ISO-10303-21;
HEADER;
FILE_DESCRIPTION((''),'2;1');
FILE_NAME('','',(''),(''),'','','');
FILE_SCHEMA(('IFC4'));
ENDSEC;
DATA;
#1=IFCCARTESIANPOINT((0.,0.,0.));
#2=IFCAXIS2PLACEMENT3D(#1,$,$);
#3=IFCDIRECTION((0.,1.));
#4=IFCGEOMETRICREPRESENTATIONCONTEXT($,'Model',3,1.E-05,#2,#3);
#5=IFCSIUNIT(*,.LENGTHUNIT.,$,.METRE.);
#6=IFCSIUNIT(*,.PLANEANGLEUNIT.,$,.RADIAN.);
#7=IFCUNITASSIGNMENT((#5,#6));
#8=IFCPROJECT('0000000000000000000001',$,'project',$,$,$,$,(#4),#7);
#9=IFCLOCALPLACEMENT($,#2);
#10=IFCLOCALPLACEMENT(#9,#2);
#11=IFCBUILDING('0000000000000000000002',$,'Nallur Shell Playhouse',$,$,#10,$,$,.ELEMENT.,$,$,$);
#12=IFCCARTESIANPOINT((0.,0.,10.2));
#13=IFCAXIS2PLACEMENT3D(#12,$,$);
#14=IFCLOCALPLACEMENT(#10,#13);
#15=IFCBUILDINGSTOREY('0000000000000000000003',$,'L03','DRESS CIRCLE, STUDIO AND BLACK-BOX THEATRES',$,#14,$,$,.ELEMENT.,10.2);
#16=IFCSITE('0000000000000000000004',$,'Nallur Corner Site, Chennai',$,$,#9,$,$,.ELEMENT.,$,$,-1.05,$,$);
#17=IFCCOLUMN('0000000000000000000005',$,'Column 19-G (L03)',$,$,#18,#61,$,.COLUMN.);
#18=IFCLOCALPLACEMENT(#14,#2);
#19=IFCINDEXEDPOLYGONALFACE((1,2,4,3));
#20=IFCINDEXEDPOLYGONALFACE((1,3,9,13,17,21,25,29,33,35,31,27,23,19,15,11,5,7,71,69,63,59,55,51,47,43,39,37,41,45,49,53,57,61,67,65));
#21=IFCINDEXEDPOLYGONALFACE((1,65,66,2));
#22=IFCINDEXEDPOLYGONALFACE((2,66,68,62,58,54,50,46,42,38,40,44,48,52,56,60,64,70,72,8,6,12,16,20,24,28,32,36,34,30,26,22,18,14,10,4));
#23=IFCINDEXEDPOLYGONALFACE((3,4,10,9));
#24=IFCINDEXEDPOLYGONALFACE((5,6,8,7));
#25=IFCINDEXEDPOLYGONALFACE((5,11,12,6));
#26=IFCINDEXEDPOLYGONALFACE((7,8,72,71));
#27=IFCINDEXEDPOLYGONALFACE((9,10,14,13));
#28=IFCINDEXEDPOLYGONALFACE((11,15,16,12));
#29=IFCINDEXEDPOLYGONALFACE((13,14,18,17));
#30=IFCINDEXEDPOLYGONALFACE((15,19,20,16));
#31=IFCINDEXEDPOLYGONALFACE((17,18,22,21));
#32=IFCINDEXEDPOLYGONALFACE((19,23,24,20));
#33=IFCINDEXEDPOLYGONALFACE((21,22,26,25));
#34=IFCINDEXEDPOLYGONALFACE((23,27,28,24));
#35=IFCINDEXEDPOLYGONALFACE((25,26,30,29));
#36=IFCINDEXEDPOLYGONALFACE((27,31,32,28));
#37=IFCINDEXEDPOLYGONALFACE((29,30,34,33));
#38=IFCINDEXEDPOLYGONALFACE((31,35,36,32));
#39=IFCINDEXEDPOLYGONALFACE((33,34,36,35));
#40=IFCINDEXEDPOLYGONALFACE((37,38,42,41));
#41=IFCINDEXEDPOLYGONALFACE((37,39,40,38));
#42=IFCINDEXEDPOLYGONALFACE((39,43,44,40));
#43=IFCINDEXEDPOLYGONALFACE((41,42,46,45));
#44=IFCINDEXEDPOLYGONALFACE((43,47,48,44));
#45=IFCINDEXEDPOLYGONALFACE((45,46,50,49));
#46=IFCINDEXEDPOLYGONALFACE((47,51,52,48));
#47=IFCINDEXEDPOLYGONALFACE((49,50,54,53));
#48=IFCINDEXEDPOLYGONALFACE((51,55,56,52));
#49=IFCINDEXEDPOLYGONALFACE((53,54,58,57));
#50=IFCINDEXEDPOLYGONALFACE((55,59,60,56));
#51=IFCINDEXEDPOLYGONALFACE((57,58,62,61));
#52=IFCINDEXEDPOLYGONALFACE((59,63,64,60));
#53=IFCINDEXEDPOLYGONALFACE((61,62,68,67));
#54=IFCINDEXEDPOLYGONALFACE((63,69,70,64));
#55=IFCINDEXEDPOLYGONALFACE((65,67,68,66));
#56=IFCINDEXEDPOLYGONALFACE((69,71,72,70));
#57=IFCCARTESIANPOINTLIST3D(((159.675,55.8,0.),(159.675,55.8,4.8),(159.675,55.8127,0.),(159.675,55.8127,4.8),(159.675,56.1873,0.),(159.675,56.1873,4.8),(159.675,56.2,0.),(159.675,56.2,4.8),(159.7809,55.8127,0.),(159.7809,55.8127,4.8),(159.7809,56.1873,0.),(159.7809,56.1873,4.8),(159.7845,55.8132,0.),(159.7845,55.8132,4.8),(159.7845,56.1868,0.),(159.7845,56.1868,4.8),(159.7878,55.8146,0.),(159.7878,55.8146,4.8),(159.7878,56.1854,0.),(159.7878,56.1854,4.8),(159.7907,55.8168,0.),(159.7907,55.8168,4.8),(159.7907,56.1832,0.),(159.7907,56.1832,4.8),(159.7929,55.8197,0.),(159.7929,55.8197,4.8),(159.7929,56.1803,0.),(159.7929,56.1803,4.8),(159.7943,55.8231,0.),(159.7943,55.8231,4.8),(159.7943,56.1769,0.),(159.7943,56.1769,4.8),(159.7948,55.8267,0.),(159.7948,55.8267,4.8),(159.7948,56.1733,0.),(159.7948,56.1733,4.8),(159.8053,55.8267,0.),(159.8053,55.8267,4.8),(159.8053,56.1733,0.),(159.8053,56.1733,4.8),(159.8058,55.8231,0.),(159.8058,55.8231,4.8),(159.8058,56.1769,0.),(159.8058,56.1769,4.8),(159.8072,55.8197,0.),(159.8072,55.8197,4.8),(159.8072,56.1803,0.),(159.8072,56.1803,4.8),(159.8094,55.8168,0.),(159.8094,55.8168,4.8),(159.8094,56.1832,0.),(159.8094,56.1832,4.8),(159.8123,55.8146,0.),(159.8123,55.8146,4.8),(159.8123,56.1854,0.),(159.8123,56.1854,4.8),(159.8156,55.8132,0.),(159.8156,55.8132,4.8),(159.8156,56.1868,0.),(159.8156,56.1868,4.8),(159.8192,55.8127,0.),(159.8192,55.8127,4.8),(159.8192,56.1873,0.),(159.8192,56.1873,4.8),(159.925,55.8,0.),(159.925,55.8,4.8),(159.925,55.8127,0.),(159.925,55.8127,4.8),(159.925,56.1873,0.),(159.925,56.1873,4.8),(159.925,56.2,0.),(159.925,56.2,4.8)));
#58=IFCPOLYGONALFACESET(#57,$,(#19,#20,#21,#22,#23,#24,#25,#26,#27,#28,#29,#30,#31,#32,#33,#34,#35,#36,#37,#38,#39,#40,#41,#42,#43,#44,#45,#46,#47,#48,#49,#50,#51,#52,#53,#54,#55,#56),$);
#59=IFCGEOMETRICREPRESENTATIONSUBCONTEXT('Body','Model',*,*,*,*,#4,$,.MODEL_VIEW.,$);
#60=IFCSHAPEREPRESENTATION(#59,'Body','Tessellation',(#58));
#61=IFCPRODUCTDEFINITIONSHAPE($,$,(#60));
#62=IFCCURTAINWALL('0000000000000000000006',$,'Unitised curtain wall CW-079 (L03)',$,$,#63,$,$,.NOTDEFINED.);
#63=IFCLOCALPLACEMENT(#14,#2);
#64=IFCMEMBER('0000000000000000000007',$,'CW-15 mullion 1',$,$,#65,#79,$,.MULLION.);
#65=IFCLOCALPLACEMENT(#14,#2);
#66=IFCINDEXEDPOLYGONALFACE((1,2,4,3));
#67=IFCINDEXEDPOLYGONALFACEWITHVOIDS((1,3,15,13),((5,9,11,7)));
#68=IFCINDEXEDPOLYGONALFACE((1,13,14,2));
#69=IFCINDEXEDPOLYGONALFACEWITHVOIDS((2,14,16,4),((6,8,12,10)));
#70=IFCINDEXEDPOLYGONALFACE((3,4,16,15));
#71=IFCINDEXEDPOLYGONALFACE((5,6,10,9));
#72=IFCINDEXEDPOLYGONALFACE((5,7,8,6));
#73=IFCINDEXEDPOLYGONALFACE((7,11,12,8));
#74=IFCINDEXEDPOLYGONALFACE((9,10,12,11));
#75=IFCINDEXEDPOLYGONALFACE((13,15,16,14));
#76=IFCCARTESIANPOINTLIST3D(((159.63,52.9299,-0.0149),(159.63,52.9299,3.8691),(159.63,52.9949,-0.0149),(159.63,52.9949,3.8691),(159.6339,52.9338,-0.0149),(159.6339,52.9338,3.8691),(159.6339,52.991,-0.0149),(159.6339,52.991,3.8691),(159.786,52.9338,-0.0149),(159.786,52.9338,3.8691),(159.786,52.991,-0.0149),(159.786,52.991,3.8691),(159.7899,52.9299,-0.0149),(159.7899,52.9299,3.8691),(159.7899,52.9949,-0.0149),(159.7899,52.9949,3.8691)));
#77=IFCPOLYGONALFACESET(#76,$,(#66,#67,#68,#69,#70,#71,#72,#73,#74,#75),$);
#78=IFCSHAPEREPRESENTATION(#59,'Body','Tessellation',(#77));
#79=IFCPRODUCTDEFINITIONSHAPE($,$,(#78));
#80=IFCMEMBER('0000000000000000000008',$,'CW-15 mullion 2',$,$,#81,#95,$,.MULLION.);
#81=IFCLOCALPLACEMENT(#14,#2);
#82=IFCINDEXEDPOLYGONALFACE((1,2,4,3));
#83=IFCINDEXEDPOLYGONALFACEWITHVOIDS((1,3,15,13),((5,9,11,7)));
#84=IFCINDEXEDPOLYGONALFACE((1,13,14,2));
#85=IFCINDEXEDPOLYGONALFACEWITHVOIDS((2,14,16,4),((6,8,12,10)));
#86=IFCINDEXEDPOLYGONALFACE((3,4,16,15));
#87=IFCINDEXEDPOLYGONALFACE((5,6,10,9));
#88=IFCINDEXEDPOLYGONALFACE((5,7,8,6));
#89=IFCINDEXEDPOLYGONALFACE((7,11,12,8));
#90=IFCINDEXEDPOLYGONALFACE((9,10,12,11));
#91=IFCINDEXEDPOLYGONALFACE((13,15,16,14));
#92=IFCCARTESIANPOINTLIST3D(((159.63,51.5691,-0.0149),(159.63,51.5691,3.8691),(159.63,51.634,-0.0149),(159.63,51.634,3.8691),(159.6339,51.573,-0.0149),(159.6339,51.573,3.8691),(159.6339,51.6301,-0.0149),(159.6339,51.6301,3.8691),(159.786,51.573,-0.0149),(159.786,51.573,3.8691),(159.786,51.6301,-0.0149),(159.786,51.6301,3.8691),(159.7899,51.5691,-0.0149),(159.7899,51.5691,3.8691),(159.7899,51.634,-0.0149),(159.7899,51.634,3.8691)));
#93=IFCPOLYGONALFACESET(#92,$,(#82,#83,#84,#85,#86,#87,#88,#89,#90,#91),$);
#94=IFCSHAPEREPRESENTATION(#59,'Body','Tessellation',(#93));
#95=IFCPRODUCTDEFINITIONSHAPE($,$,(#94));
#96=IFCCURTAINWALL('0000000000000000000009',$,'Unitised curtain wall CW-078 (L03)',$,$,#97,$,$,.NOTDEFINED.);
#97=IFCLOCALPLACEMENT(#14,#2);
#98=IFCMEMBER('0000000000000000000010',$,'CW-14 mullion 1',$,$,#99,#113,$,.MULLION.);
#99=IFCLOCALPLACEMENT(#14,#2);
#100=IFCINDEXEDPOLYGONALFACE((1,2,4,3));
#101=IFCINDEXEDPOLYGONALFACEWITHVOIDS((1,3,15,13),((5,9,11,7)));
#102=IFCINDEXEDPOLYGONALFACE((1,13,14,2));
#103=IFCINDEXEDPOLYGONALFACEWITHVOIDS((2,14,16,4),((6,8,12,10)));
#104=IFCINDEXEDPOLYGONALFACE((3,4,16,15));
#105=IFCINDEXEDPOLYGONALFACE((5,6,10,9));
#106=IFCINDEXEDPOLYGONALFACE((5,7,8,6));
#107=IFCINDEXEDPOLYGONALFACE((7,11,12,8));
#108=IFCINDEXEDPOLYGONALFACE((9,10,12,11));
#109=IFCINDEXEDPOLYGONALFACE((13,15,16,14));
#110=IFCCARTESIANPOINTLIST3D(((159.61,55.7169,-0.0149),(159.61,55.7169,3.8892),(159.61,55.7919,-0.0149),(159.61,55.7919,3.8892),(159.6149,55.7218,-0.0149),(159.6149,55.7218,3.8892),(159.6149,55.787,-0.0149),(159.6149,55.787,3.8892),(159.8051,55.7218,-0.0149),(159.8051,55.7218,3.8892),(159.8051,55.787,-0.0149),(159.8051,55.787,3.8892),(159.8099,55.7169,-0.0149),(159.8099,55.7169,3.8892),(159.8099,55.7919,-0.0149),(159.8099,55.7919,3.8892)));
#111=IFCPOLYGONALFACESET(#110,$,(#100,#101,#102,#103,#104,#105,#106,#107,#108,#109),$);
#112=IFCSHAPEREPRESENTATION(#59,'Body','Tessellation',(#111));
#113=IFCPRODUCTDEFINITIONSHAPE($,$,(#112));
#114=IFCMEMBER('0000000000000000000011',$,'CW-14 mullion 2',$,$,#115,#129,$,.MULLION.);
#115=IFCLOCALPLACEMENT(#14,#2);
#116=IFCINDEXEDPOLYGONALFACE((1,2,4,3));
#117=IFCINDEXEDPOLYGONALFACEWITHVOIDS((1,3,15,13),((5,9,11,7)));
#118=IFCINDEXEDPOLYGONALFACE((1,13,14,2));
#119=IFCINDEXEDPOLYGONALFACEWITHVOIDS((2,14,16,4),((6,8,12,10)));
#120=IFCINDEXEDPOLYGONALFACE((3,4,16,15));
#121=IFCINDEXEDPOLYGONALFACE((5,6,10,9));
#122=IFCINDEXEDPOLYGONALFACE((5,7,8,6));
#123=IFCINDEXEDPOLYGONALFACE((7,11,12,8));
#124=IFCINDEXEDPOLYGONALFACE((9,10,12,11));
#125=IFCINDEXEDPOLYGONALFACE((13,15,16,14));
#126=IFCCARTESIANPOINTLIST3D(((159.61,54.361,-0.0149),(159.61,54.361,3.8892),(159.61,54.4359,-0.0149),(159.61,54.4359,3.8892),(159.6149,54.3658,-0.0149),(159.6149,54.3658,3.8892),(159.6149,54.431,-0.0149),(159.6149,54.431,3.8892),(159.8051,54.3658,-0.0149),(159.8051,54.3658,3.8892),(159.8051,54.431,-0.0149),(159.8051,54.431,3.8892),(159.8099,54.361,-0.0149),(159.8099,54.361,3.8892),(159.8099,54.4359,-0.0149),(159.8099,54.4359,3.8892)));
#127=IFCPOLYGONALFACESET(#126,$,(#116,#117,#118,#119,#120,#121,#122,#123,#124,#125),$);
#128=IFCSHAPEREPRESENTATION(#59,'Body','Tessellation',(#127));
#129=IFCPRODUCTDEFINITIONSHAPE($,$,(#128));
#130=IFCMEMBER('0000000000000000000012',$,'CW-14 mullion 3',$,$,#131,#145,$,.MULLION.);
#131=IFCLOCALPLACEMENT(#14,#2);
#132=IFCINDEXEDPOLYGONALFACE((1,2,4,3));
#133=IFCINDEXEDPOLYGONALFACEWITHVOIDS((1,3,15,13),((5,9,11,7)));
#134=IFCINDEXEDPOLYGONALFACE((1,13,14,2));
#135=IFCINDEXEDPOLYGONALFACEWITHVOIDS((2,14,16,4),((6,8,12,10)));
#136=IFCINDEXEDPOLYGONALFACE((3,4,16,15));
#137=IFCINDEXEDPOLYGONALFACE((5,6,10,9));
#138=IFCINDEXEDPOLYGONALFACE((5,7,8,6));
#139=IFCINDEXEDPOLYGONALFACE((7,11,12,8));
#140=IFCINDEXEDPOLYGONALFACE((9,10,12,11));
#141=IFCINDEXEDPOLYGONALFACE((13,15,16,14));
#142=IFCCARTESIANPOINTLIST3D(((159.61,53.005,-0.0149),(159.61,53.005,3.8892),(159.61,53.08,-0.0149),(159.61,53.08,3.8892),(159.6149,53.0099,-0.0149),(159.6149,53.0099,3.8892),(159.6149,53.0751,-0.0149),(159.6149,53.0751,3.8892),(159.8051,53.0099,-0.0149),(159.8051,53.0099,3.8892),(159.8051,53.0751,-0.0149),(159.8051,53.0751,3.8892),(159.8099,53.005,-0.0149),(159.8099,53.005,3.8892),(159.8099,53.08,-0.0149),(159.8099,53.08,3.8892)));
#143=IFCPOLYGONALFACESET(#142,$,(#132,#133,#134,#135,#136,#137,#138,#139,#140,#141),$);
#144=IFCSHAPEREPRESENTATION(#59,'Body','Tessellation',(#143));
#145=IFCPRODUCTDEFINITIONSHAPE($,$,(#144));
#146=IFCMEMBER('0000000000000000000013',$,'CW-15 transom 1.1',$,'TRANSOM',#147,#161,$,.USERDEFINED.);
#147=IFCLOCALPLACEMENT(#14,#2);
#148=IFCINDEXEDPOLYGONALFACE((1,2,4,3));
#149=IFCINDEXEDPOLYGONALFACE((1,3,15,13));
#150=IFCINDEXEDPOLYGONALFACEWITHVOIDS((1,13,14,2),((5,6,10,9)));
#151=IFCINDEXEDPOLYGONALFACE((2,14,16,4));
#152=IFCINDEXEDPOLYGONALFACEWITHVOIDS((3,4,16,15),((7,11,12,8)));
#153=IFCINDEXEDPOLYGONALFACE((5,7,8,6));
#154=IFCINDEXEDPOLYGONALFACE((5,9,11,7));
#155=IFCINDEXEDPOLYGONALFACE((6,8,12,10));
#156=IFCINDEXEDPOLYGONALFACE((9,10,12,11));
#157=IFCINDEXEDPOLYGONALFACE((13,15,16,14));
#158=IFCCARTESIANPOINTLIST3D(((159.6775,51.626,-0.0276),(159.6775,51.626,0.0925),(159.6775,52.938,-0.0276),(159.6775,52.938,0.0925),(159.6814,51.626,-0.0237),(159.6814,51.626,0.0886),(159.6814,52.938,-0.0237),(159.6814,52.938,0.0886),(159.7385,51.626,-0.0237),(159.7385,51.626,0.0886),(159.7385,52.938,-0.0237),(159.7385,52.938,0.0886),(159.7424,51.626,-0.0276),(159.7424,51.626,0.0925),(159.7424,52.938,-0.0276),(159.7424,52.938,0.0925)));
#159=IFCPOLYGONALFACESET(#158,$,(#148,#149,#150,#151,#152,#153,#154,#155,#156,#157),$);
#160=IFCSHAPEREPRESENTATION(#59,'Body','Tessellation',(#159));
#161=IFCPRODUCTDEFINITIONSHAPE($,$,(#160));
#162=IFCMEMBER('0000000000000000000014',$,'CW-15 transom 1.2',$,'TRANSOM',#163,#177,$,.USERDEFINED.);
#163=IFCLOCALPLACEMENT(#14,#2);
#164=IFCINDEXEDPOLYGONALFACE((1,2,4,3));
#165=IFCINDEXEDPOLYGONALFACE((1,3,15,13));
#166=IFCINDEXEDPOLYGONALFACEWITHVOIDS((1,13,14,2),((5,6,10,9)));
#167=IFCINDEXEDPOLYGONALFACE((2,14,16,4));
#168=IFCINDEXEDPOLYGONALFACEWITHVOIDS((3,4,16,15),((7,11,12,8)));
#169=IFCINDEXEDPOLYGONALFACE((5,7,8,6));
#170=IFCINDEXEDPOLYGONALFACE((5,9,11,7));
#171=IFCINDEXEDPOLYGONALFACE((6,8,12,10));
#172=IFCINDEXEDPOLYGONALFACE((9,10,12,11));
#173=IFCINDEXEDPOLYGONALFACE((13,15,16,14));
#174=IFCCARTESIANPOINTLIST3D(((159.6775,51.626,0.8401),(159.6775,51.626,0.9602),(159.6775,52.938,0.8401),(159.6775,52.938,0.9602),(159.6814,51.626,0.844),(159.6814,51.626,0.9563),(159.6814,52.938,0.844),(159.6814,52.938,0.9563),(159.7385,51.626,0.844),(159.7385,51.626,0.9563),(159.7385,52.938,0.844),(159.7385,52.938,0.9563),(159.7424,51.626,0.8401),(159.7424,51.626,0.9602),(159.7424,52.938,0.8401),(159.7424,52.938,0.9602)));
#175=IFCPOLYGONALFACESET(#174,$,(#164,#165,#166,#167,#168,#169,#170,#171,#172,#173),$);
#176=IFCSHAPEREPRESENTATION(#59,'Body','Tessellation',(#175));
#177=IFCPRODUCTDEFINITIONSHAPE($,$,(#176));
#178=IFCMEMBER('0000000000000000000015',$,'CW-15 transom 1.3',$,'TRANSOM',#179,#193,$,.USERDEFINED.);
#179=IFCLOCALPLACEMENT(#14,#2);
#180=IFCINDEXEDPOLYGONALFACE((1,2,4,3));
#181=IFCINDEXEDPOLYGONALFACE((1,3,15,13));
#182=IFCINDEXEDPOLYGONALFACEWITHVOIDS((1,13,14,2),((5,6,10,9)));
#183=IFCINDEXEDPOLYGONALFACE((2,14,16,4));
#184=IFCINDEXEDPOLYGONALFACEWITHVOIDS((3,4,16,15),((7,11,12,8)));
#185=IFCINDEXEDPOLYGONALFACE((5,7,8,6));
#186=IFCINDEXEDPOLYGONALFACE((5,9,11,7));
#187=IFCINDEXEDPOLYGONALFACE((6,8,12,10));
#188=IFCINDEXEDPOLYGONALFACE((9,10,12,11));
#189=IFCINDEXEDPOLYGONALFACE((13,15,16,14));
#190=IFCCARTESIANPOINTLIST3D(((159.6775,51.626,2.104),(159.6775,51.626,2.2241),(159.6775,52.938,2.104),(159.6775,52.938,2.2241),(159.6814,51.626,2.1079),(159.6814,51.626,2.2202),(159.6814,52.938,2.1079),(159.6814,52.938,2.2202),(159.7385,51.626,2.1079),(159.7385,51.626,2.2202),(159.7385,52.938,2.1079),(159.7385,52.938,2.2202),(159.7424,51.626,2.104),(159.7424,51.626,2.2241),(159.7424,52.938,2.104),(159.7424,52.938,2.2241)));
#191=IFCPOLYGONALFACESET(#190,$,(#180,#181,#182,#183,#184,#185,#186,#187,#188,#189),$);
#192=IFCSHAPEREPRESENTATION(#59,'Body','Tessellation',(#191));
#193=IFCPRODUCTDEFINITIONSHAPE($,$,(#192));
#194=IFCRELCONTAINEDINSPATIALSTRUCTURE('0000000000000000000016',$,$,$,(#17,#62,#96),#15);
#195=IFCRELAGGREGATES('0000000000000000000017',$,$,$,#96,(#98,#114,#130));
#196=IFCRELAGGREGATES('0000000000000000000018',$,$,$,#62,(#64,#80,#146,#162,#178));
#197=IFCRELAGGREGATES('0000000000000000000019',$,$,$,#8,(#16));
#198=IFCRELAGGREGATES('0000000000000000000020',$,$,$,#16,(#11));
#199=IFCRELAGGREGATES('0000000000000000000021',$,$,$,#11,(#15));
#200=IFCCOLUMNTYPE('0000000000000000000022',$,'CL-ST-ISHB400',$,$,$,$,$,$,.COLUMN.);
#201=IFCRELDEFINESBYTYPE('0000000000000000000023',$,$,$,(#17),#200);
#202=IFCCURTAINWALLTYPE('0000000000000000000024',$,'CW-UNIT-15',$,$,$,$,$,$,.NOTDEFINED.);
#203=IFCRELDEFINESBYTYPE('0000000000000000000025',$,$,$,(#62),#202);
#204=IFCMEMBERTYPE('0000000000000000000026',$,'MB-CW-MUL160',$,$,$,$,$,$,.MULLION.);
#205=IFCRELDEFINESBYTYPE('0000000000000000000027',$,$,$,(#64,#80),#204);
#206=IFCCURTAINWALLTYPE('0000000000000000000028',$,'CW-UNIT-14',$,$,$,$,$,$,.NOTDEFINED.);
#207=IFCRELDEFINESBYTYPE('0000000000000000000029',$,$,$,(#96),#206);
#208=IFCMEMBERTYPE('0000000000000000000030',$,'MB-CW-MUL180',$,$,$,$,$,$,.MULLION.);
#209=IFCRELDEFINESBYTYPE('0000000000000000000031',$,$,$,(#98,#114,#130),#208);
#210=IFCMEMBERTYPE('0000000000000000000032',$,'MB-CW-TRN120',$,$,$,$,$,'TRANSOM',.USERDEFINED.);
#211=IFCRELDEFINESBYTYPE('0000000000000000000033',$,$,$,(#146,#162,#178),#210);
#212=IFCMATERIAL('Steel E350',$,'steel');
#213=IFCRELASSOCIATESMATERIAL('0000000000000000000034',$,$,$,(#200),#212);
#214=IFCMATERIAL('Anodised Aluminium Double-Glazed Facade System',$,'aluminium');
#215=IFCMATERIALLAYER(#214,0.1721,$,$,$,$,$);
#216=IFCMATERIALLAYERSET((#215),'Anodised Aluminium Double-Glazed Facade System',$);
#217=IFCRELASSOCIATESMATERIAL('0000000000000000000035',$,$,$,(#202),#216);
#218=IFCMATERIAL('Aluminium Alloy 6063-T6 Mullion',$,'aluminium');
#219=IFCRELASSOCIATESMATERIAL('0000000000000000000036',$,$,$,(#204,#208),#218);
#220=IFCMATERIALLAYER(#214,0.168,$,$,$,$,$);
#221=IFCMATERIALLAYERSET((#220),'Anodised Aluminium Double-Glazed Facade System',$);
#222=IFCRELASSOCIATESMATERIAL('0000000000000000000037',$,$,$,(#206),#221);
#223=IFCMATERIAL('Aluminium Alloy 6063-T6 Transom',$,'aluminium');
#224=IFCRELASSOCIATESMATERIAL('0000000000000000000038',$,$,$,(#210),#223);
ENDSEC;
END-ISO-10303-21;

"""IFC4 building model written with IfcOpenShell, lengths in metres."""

from ifc_helpers import new_model, si_unit, direction, frame, origin, origin_2d, place, context, subcontext, project, spatial, hollow_rectangle, i_section, extrude, material, layer, layer_set, material_profile, profile_set, type_object, element, aggregate, save


model = new_model("IFC4")

# Units and contexts
model_context = context("Model", 3, precision=1e-05, world=origin(), true_north=direction((0.0, 1.0)))
body_context = subcontext(model_context, "Body", "Model", "MODEL_VIEW")
ifc_project = project(units=[si_unit("LENGTHUNIT", "METRE"), si_unit("PLANEANGLEUNIT", "RADIAN")], contexts=[model_context])

# Site, building, storey
site_placement = place(None, origin())
site = spatial("IfcSite", under=ifc_project, at=site_placement, Name="Nallur Corner Site, Chennai", CompositionType="ELEMENT", RefElevation=-1.05)
building_placement = place(site_placement, origin())
building = spatial("IfcBuilding", under=site, at=building_placement, Name="Nallur Shell Playhouse", CompositionType="ELEMENT")
storey_placement = place(building_placement, frame((0.0, 0.0, 10.2)))
storey = spatial("IfcBuildingStorey", under=building, at=storey_placement, Name="L03", Description="DRESS CIRCLE, STUDIO AND BLACK-BOX THEATRES", CompositionType="ELEMENT", Elevation=10.2)

# Column
ifc_material_1 = material(Name="Steel E350", Category="steel")
ifc_material_profile_1 = material_profile(ifc_material_1, i_section(OverallWidth=0.25, OverallDepth=0.3999, WebThickness=0.0105, FlangeThickness=0.0127, FilletRadius=0.0139, at=origin_2d()), Name="ISHB 400")
ifc_profile_set_1 = profile_set([ifc_material_profile_1], Name="Steel E350")
column_type = type_object("IfcColumnType", Name="CL-ST-ISHB400", PredefinedType="COLUMN", material=ifc_profile_set_1)
column_placement = place(storey_placement, frame((159.8, 56.0, 0.0), z_axis=(0.0, 0.0, 1.0), x_axis=(1.0, 0.0, 0.0)))
element("IfcColumn", 1, at=column_placement, inside=storey, type_object=column_type, Name="Column 19-G (L03)", PredefinedType="COLUMN", context=body_context, shape_type="SweptSolid", body=[
    extrude(i_section(OverallWidth=0.25, OverallDepth=0.3999, WebThickness=0.0105, FlangeThickness=0.0127, FilletRadius=0.0139, at=origin_2d()), origin(), (0.0, 0.0, 1.0), 4.8),
])

# Curtain walls, members
ifc_material_2 = material(Name="Anodised Aluminium Double-Glazed Facade System", Category="aluminium")
ifc_layer_1 = layer(ifc_material_2, 0.1721)
ifc_layer_set_1 = layer_set([ifc_layer_1], Name="Anodised Aluminium Double-Glazed Facade System")
curtain_wall_type_1 = type_object("IfcCurtainWallType", Name="CW-UNIT-15", PredefinedType="NOTDEFINED", material=ifc_layer_set_1)
curtain_wall_1_placement = place(storey_placement, origin())
curtain_wall_1 = element("IfcCurtainWall", 2, at=curtain_wall_1_placement, inside=storey, type_object=curtain_wall_type_1, Name="Unitised curtain wall CW-079 (L03)", PredefinedType="NOTDEFINED")
ifc_material_3 = material(Name="Aluminium Alloy 6063-T6 Mullion", Category="aluminium")
ifc_material_profile_2 = material_profile(ifc_material_3, hollow_rectangle(XDim=0.0649, YDim=0.1599, WallThickness=0.0039, at=origin_2d()), Name="ALU 65x160x4")
ifc_profile_set_2 = profile_set([ifc_material_profile_2], Name="Aluminium Alloy 6063-T6 Mullion")
member_type_1 = type_object("IfcMemberType", Name="MB-CW-MUL160", PredefinedType="MULLION", material=ifc_profile_set_2)
member_1_placement = place(storey_placement, frame((159.71, 52.9624, -0.0149), z_axis=(0.0, 0.0, 1.0), x_axis=(0.0, -1.0, 0.0)))
member_1 = element("IfcMember", 3, at=member_1_placement, type_object=member_type_1, Name="CW-15 mullion 1", PredefinedType="MULLION", context=body_context, shape_type="SweptSolid", body=[
    extrude(hollow_rectangle(XDim=0.0649, YDim=0.1599, WallThickness=0.0039, at=origin_2d()), origin(), (0.0, 0.0, 1.0), 3.884),
])
member_2_placement = place(storey_placement, frame((159.71, 51.6016, -0.0149), z_axis=(0.0, 0.0, 1.0), x_axis=(0.0, -1.0, 0.0)))
member_2 = element("IfcMember", 4, at=member_2_placement, type_object=member_type_1, Name="CW-15 mullion 2", PredefinedType="MULLION", context=body_context, shape_type="SweptSolid", body=[
    extrude(hollow_rectangle(XDim=0.0649, YDim=0.1599, WallThickness=0.0039, at=origin_2d()), origin(), (0.0, 0.0, 1.0), 3.884),
])
ifc_layer_2 = layer(ifc_material_2, 0.168)
ifc_layer_set_2 = layer_set([ifc_layer_2], Name="Anodised Aluminium Double-Glazed Facade System")
curtain_wall_type_2 = type_object("IfcCurtainWallType", Name="CW-UNIT-14", PredefinedType="NOTDEFINED", material=ifc_layer_set_2)
curtain_wall_2_placement = place(storey_placement, origin())
curtain_wall_2 = element("IfcCurtainWall", 5, at=curtain_wall_2_placement, inside=storey, type_object=curtain_wall_type_2, Name="Unitised curtain wall CW-078 (L03)", PredefinedType="NOTDEFINED")
ifc_material_profile_3 = material_profile(ifc_material_3, hollow_rectangle(XDim=0.075, YDim=0.2, WallThickness=0.0049, at=origin_2d()), Name="ALU 75x200x5")
ifc_profile_set_3 = profile_set([ifc_material_profile_3], Name="Aluminium Alloy 6063-T6 Mullion")
member_type_2 = type_object("IfcMemberType", Name="MB-CW-MUL180", PredefinedType="MULLION", material=ifc_profile_set_3)
member_3_placement = place(storey_placement, frame((159.71, 55.7544, -0.0149), z_axis=(0.0, 0.0, 1.0), x_axis=(0.0, -1.0, 0.0)))
member_3 = element("IfcMember", 6, at=member_3_placement, type_object=member_type_2, Name="CW-14 mullion 1", PredefinedType="MULLION", context=body_context, shape_type="SweptSolid", body=[
    extrude(hollow_rectangle(XDim=0.075, YDim=0.2, WallThickness=0.0049, at=origin_2d()), origin(), (0.0, 0.0, 1.0), 3.9041),
])
member_4_placement = place(storey_placement, frame((159.71, 54.3984, -0.0149), z_axis=(0.0, 0.0, 1.0), x_axis=(0.0, -1.0, 0.0)))
member_4 = element("IfcMember", 7, at=member_4_placement, type_object=member_type_2, Name="CW-14 mullion 2", PredefinedType="MULLION", context=body_context, shape_type="SweptSolid", body=[
    extrude(hollow_rectangle(XDim=0.075, YDim=0.2, WallThickness=0.0049, at=origin_2d()), origin(), (0.0, 0.0, 1.0), 3.9041),
])
member_5_placement = place(storey_placement, frame((159.71, 53.0425, -0.0149), z_axis=(0.0, 0.0, 1.0), x_axis=(0.0, -1.0, 0.0)))
member_5 = element("IfcMember", 8, at=member_5_placement, type_object=member_type_2, Name="CW-14 mullion 3", PredefinedType="MULLION", context=body_context, shape_type="SweptSolid", body=[
    extrude(hollow_rectangle(XDim=0.075, YDim=0.2, WallThickness=0.0049, at=origin_2d()), origin(), (0.0, 0.0, 1.0), 3.9041),
])

# Members
ifc_material_4 = material(Name="Aluminium Alloy 6063-T6 Transom", Category="aluminium")
ifc_material_profile_4 = material_profile(ifc_material_4, hollow_rectangle(XDim=0.0649, YDim=0.1201, WallThickness=0.0039, at=origin_2d()), Name="ALU 65x120x4")
ifc_profile_set_4 = profile_set([ifc_material_profile_4], Name="Aluminium Alloy 6063-T6 Transom")
member_type_3 = type_object("IfcMemberType", Name="MB-CW-TRN120", ElementType="TRANSOM", PredefinedType="USERDEFINED", material=ifc_profile_set_4)
member_6_placement = place(storey_placement, frame((159.71, 52.938, 0.0325), z_axis=(0.0, -1.0, 0.0), x_axis=(1.0, 0.0, 0.0)))
member_6 = element("IfcMember", 9, at=member_6_placement, type_object=member_type_3, Name="CW-15 transom 1.1", ObjectType="TRANSOM", PredefinedType="USERDEFINED", context=body_context, shape_type="SweptSolid", body=[
    extrude(hollow_rectangle(XDim=0.0649, YDim=0.1201, WallThickness=0.0039, at=origin_2d()), origin(), (0.0, 0.0, 1.0), 1.312),
])
member_7_placement = place(storey_placement, frame((159.71, 52.938, 0.9001), z_axis=(0.0, -1.0, 0.0), x_axis=(1.0, 0.0, 0.0)))
member_7 = element("IfcMember", 10, at=member_7_placement, type_object=member_type_3, Name="CW-15 transom 1.2", ObjectType="TRANSOM", PredefinedType="USERDEFINED", context=body_context, shape_type="SweptSolid", body=[
    extrude(hollow_rectangle(XDim=0.0649, YDim=0.1201, WallThickness=0.0039, at=origin_2d()), origin(), (0.0, 0.0, 1.0), 1.312),
])
member_8_placement = place(storey_placement, frame((159.71, 52.938, 2.1641), z_axis=(0.0, -1.0, 0.0), x_axis=(1.0, 0.0, 0.0)))
member_8 = element("IfcMember", 11, at=member_8_placement, type_object=member_type_3, Name="CW-15 transom 1.3", ObjectType="TRANSOM", PredefinedType="USERDEFINED", context=body_context, shape_type="SweptSolid", body=[
    extrude(hollow_rectangle(XDim=0.0649, YDim=0.1201, WallThickness=0.0039, at=origin_2d()), origin(), (0.0, 0.0, 1.0), 1.312),
])

aggregate(curtain_wall_2, [member_3, member_4, member_5])
aggregate(curtain_wall_1, [member_1, member_2, member_6, member_7, member_8])

save(model, "model.ifc")
